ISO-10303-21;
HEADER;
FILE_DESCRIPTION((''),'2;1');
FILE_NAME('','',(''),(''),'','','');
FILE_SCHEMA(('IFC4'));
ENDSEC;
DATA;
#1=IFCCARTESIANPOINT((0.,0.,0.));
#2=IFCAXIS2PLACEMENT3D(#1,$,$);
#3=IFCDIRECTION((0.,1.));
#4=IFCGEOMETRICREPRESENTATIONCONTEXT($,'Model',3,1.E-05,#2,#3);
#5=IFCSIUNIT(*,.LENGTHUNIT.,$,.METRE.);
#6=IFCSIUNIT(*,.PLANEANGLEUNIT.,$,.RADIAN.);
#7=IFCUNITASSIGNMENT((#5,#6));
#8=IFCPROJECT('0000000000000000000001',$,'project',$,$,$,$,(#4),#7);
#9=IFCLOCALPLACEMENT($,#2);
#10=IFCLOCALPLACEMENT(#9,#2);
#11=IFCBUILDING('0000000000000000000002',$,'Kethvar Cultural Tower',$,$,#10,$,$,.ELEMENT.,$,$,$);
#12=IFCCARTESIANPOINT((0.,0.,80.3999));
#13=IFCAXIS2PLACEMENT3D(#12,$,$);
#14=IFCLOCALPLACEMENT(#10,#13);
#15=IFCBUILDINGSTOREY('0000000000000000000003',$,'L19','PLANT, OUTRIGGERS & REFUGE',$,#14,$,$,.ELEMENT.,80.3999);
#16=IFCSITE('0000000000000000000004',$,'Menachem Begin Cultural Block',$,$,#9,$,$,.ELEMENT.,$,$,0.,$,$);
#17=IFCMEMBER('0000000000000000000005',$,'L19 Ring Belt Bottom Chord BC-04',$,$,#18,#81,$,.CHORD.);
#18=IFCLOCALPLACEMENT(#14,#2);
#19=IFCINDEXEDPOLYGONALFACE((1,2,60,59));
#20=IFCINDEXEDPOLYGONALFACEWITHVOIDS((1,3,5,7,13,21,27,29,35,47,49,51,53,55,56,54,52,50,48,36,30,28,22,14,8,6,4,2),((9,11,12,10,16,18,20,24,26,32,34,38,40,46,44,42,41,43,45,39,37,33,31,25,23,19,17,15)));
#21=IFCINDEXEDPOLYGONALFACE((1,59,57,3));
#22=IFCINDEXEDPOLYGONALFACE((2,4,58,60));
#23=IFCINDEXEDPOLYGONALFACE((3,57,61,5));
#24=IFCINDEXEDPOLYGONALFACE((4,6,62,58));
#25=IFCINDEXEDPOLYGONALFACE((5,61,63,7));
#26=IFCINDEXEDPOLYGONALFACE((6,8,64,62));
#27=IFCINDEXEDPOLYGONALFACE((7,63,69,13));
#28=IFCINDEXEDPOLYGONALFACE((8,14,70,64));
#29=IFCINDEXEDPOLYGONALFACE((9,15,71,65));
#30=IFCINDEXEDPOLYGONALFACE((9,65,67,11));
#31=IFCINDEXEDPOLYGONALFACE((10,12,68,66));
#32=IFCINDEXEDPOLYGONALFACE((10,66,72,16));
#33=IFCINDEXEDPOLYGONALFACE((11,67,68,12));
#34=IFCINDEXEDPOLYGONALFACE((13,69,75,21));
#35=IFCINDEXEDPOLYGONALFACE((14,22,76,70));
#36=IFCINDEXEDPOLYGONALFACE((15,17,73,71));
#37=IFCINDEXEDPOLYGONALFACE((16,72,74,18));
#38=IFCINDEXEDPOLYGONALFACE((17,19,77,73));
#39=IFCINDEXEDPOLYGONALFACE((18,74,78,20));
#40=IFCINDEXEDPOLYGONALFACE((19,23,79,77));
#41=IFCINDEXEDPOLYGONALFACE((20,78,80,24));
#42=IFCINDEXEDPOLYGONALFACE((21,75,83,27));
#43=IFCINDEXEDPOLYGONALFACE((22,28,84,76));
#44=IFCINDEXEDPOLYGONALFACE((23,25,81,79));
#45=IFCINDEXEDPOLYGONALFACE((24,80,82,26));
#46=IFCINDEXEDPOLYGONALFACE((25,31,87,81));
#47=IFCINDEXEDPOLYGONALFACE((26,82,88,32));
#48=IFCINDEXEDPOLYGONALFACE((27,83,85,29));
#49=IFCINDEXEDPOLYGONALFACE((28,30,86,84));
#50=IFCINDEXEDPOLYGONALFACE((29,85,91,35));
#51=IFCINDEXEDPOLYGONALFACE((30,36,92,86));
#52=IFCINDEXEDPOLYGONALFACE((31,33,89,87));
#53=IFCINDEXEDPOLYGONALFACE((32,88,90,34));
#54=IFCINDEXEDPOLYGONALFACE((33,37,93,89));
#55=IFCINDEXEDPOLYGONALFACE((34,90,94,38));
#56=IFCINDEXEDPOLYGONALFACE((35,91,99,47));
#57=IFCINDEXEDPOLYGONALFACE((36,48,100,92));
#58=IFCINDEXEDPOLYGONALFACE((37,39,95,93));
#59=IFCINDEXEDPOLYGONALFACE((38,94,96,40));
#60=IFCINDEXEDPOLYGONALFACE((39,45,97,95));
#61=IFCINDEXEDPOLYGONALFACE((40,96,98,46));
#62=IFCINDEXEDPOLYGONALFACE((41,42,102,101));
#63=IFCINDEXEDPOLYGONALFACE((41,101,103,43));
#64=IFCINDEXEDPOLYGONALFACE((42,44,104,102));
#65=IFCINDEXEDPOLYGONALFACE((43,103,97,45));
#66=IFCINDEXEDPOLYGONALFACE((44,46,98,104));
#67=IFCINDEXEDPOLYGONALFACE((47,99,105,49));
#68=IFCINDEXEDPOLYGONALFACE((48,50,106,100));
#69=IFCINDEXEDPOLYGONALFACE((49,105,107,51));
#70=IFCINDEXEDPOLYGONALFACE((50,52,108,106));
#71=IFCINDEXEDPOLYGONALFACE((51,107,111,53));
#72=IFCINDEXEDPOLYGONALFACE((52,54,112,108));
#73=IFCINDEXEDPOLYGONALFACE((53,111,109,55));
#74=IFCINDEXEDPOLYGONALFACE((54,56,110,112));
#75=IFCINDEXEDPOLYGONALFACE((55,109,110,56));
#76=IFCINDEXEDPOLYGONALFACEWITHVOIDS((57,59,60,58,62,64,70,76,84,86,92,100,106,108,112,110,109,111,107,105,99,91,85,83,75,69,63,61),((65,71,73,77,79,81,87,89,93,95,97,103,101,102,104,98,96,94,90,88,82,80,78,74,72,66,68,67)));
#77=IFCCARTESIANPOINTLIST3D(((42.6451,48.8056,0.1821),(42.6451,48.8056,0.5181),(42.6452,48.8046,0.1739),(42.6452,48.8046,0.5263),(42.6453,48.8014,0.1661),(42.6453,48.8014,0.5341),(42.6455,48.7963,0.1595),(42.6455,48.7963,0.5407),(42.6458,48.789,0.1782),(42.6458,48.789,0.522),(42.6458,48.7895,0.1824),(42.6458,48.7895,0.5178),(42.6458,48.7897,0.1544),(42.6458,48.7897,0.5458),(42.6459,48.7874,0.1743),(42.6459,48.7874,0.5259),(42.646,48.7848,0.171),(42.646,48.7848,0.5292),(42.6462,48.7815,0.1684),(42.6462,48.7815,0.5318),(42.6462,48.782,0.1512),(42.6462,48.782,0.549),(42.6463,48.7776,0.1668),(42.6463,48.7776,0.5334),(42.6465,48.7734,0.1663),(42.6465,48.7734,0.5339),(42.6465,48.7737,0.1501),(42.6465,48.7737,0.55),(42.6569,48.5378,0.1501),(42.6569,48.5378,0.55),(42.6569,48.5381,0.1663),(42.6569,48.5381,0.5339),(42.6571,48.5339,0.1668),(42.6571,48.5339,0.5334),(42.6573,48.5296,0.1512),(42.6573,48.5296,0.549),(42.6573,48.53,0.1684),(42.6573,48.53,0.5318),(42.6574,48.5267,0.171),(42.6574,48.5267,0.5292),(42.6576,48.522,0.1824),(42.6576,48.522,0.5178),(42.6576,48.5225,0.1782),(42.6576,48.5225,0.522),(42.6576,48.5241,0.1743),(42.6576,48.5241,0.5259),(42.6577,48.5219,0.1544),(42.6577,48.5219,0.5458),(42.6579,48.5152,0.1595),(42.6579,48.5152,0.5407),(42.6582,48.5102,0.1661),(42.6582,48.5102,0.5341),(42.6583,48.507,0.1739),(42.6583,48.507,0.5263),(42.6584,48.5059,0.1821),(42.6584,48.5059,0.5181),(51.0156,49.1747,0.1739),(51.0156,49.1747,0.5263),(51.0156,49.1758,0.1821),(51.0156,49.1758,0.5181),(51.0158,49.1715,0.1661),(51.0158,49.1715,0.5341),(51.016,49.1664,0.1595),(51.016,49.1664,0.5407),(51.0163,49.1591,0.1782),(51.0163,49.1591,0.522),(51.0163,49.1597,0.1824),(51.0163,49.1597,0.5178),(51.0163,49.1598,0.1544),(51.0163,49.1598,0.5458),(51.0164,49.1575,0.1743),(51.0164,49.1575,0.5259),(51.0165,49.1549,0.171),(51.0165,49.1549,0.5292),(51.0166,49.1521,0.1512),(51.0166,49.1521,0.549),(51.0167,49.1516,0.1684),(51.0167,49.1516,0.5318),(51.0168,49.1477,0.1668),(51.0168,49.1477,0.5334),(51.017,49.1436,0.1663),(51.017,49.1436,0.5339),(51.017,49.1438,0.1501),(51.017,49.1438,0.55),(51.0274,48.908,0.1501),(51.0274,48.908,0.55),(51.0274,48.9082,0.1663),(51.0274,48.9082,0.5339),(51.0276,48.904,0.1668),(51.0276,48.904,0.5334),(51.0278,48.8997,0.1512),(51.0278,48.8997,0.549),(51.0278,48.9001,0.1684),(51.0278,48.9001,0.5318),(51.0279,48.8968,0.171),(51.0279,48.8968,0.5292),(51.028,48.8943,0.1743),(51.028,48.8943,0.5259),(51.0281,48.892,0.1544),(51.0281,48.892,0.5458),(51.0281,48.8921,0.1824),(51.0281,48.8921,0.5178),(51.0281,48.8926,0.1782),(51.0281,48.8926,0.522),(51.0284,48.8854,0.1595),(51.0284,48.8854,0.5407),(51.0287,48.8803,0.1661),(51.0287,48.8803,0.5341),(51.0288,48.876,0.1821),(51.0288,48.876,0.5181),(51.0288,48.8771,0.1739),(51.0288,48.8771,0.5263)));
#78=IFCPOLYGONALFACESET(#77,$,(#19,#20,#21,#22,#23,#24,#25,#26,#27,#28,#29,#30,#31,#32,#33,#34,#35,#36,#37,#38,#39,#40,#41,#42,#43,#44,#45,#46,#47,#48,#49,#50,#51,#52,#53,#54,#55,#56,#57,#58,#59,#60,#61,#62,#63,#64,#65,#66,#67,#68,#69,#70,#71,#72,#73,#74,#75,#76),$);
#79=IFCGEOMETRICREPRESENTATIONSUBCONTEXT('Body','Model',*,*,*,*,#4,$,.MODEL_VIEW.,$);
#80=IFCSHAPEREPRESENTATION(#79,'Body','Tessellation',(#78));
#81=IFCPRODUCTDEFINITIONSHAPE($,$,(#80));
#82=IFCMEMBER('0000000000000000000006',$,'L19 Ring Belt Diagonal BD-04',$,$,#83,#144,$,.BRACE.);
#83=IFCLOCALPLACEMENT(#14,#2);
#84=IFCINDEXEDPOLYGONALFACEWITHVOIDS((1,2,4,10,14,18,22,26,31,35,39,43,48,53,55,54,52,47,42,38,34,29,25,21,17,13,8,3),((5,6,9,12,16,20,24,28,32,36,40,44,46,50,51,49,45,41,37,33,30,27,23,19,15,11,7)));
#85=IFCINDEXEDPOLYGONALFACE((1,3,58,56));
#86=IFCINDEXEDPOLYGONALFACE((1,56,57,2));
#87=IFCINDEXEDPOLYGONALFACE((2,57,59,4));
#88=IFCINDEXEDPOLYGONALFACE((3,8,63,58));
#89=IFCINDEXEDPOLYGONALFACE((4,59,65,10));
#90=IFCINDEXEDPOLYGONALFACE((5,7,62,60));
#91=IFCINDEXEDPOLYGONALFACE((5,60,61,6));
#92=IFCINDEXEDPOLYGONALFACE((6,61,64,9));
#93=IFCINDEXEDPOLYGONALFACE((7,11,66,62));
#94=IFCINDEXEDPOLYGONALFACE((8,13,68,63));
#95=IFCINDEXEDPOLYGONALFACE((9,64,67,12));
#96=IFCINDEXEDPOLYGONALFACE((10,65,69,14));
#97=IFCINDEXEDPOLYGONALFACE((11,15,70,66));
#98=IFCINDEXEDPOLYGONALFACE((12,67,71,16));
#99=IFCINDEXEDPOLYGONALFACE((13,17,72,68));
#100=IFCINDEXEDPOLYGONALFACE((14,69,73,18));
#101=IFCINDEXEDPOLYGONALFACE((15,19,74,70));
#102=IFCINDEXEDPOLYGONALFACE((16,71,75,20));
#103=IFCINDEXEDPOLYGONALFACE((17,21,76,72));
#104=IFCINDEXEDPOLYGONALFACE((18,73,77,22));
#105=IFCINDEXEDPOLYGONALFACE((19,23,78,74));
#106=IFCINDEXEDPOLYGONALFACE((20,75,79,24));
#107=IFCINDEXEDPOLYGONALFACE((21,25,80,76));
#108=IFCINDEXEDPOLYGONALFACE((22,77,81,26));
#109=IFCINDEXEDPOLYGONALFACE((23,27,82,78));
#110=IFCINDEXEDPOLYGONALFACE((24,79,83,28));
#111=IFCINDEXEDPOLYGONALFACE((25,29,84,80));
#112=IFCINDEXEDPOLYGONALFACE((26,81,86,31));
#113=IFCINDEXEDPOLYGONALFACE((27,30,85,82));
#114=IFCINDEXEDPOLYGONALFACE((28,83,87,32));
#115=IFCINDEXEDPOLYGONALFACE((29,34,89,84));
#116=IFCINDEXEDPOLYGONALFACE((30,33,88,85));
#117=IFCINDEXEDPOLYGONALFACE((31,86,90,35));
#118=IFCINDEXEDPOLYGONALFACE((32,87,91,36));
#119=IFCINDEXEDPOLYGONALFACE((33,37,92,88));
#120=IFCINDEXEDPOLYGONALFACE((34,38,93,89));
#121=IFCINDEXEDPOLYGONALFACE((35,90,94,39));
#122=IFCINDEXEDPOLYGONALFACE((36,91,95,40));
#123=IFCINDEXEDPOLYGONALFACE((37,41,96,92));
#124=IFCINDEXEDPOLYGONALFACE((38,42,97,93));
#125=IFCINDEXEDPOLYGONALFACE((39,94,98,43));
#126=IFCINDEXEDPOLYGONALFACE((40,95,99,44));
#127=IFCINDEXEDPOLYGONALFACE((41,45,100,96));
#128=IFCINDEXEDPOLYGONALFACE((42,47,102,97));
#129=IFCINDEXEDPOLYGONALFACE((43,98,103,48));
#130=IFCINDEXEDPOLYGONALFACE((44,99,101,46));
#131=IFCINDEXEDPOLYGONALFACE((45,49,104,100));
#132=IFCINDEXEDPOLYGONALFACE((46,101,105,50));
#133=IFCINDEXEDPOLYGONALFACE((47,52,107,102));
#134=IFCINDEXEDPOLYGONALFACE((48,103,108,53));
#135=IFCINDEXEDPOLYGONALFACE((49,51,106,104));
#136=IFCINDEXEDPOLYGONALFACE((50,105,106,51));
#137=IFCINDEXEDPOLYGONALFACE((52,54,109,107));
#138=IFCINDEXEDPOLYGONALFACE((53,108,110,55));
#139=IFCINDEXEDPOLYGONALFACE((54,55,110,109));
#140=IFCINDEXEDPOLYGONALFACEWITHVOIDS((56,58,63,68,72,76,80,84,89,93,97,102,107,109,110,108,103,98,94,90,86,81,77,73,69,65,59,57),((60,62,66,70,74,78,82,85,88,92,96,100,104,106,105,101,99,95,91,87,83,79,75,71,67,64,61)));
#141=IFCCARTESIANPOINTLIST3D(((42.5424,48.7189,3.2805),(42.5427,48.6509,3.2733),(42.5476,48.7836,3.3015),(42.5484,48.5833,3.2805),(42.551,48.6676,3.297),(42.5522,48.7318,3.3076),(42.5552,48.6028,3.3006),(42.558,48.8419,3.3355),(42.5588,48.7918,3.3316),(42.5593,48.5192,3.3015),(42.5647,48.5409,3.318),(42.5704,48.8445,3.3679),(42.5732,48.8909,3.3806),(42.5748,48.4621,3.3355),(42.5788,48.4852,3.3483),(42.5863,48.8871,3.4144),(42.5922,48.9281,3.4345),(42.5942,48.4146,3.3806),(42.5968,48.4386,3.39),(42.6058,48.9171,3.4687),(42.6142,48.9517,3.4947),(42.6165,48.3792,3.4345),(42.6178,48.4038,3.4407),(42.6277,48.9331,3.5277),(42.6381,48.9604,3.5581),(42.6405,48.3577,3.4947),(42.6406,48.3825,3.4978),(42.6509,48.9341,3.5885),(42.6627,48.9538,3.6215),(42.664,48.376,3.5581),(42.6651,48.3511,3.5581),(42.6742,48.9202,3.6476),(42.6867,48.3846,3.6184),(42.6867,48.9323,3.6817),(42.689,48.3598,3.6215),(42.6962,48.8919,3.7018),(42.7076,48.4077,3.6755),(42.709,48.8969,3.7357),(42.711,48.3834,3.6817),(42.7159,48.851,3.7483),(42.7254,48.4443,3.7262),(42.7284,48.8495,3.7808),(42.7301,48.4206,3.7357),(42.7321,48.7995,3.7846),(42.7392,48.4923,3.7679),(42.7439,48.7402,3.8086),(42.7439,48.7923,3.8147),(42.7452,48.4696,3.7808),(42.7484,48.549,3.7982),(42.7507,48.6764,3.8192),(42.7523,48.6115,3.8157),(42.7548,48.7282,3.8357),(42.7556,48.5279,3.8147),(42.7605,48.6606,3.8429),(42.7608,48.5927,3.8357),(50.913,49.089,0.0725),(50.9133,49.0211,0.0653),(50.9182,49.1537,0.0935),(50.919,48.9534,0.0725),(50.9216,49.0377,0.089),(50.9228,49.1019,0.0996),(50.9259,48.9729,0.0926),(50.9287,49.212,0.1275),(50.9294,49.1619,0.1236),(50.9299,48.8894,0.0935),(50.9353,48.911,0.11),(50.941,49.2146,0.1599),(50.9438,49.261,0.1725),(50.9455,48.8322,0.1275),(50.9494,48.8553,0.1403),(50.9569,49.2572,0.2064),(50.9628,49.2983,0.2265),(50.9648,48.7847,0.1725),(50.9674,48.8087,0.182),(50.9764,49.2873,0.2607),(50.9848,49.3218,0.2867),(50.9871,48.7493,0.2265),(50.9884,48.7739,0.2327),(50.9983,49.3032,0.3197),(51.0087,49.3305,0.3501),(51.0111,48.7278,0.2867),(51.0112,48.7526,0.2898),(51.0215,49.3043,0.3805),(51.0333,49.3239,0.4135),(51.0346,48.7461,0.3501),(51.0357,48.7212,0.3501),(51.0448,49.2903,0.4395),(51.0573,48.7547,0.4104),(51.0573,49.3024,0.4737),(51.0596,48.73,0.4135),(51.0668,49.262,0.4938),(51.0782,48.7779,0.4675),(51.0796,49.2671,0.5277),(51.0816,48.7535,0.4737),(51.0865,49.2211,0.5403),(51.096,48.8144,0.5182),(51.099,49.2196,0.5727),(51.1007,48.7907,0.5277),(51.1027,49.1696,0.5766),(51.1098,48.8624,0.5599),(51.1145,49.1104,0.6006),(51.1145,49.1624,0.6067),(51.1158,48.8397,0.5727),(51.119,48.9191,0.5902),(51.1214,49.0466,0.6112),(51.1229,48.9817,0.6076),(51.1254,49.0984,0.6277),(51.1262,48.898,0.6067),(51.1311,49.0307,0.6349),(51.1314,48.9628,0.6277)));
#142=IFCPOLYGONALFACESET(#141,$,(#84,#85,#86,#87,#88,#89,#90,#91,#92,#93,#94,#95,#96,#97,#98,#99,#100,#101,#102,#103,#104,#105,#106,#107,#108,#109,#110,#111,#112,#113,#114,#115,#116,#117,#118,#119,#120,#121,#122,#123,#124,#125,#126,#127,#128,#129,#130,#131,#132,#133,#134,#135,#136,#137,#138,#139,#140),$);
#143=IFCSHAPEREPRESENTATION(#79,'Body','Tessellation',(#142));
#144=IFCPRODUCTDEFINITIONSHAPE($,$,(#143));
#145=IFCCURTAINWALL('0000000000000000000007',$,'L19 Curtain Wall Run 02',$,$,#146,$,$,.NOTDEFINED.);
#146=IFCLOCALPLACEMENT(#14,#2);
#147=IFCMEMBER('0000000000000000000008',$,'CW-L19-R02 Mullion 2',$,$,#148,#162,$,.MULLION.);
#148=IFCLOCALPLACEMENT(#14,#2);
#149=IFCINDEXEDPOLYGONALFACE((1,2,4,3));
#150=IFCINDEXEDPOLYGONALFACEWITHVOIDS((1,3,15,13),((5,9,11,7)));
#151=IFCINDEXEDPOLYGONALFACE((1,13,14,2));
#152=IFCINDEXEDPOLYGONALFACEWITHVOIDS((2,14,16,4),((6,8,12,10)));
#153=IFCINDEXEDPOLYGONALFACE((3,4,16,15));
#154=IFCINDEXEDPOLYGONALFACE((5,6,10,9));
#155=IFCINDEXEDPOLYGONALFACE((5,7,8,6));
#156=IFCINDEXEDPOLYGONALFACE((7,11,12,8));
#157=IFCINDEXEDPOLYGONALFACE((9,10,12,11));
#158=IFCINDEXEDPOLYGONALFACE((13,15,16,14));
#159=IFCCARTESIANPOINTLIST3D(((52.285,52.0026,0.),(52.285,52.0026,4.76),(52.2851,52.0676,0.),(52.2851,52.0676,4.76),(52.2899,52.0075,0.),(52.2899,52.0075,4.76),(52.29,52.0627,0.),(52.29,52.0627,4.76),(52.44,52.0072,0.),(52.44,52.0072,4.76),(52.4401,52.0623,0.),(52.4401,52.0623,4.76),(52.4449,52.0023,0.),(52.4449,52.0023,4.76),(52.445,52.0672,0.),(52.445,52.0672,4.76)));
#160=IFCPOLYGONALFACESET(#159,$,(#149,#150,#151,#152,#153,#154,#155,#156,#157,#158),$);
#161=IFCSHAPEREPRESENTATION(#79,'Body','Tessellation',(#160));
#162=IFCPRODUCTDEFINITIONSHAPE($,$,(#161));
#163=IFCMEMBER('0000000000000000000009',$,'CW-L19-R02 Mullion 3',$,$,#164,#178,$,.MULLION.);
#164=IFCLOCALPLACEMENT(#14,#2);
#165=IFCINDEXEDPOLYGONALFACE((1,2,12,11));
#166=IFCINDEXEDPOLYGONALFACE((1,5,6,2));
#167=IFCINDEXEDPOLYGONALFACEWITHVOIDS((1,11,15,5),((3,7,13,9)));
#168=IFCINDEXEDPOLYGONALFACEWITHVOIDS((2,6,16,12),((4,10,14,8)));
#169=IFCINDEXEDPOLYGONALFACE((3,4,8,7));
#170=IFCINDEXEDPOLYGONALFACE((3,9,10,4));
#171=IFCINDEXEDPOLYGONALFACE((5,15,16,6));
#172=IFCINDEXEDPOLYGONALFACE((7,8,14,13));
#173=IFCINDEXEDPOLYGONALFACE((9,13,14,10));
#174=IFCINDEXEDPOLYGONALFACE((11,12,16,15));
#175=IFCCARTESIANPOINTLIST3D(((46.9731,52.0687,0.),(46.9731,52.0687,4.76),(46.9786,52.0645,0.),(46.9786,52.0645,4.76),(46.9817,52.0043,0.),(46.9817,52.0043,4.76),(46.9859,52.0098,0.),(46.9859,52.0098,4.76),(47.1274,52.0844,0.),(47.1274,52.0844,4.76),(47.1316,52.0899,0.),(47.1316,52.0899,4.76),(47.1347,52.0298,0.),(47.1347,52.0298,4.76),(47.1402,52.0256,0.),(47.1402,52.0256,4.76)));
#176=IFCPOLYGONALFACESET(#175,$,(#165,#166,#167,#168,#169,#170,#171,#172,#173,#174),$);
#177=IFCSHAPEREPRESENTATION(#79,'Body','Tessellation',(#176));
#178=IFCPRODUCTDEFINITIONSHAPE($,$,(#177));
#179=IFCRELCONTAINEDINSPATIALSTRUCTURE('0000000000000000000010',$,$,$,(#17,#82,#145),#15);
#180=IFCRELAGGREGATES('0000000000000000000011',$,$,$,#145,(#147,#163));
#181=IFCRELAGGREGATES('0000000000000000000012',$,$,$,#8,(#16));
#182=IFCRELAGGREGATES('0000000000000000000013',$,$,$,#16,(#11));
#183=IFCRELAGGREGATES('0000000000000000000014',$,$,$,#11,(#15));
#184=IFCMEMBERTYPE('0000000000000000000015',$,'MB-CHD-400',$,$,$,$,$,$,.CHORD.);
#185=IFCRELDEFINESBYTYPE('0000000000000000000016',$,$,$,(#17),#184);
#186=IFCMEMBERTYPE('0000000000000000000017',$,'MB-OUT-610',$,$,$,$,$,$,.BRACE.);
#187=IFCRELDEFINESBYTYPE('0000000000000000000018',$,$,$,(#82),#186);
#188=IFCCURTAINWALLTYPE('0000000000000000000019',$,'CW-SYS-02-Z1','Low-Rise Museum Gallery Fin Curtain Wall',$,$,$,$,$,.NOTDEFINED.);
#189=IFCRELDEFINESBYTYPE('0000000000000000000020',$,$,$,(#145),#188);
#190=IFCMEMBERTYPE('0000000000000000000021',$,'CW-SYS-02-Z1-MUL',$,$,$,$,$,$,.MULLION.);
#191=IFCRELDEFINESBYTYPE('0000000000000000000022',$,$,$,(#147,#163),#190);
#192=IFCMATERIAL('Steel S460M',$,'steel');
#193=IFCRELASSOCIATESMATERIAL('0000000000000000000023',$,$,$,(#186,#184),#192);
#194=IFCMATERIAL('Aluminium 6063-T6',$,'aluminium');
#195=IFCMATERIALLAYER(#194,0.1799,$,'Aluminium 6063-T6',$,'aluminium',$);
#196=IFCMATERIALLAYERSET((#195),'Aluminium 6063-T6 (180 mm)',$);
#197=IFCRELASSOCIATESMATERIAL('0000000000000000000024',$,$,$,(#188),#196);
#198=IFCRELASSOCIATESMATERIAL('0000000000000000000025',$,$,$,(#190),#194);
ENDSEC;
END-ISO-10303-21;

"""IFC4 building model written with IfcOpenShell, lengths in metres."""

from ifc_helpers import new_model, si_unit, direction, frame, origin, origin_2d, place, context, subcontext, project, spatial, hollow_rectangle, hollow_circle, extrude, source, transform, mapped, material, layer, layer_set, material_profile, profile_set, type_object, element, aggregate, save


model = new_model("IFC4")

# Units and contexts
model_context = context("Model", 3, precision=1e-05, world=origin(), true_north=direction((0.0, 1.0)))
body_context = subcontext(model_context, "Body", "Model", "MODEL_VIEW")
ifc_project = project(units=[si_unit("LENGTHUNIT", "METRE"), si_unit("PLANEANGLEUNIT", "RADIAN")], contexts=[model_context])

# Site, building, storey
site_placement = place(None, origin())
site = spatial("IfcSite", under=ifc_project, at=site_placement, Name="Menachem Begin Cultural Block", CompositionType="ELEMENT", RefElevation=0.0)
building_placement = place(site_placement, origin())
building = spatial("IfcBuilding", under=site, at=building_placement, Name="Kethvar Cultural Tower", CompositionType="ELEMENT")
storey_placement = place(building_placement, frame((0.0, 0.0, 80.3999)))
storey = spatial("IfcBuildingStorey", under=building, at=storey_placement, Name="L19", Description="PLANT, OUTRIGGERS & REFUGE", CompositionType="ELEMENT", Elevation=80.3999)

# Shared definitions
ifc_material_1 = material(Name="Steel S460M", Category="steel")

# Shared definitions
ifc_material_profile_1 = material_profile(ifc_material_1, hollow_circle(Radius=0.3049, WallThickness=0.0249, at=origin_2d()), Name="Steel S460M — CHS610x25")
ifc_profile_set_1 = profile_set([ifc_material_profile_1], Name="Steel S460M — CHS610x25")
member_type_1 = type_object("IfcMemberType", Name="MB-OUT-610", PredefinedType="BRACE", material=ifc_profile_set_1)

# Members
ifc_material_profile_2 = material_profile(ifc_material_1, hollow_rectangle(XDim=0.3, YDim=0.3999, WallThickness=0.0161, InnerFilletRadius=0.0161, OuterFilletRadius=0.032, at=origin_2d()), Name="Steel S460M — RHS400x300x16")
ifc_profile_set_2 = profile_set([ifc_material_profile_2], Name="Steel S460M — RHS400x300x16")
member_type_2 = type_object("IfcMemberType", Name="MB-CHD-400", PredefinedType="CHORD", material=ifc_profile_set_2)
shared_shape_1 = source(origin(), body_context, "Body", "SweptSolid", [
    extrude(hollow_rectangle(XDim=0.3, YDim=0.3999, WallThickness=0.0161, InnerFilletRadius=0.0161, OuterFilletRadius=0.032, at=origin_2d()), origin(), (0.0, 0.0, 1.0), 8.3787),
])
member_1_placement = place(storey_placement, frame((51.0222, 49.0259, 0.3501), z_axis=(-0.999024, -0.044173, 0.0), x_axis=(0.044173, -0.999024, 0.0)))
element("IfcMember", 1, at=member_1_placement, inside=storey, type_object=member_type_2, Name="L19 Ring Belt Bottom Chord BC-04", PredefinedType="CHORD", context=body_context, shape_type="MappedRepresentation", body=[
    mapped(shared_shape_1, transform((0.0, 0.0, 0.0), scale=1.0)),
])
shared_shape_2 = source(origin(), body_context, "Body", "SweptSolid", [
    extrude(hollow_circle(Radius=0.3049, WallThickness=0.0249, at=origin_2d()), origin(), (0.0, 0.0, 1.0), 8.9719),
])
member_2_placement = place(storey_placement, frame((51.0222, 49.0259, 0.3501), z_axis=(-0.932978, -0.041253, 0.357561), x_axis=(0.044173, -0.999024, 0.0)))
element("IfcMember", 2, at=member_2_placement, inside=storey, type_object=member_type_1, Name="L19 Ring Belt Diagonal BD-04", PredefinedType="BRACE", context=body_context, shape_type="MappedRepresentation", body=[
    mapped(shared_shape_2, transform((0.0, 0.0, 0.0), scale=1.0)),
])

# Curtain wall, members
ifc_material_2 = material(Name="Aluminium 6063-T6", Category="aluminium")
ifc_layer_1 = layer(ifc_material_2, 0.1799, Name="Aluminium 6063-T6", Category="aluminium")
ifc_layer_set_1 = layer_set([ifc_layer_1], Name="Aluminium 6063-T6 (180 mm)")
curtain_wall_type = type_object("IfcCurtainWallType", Name="CW-SYS-02-Z1", Description="Low-Rise Museum Gallery Fin Curtain Wall", PredefinedType="NOTDEFINED", material=ifc_layer_set_1)
curtain_wall_placement = place(storey_placement, origin())
curtain_wall = element("IfcCurtainWall", 3, at=curtain_wall_placement, inside=storey, type_object=curtain_wall_type, Name="L19 Curtain Wall Run 02", PredefinedType="NOTDEFINED")
ifc_material_profile_3 = material_profile(ifc_material_2, hollow_rectangle(XDim=0.0649, YDim=0.1599, WallThickness=0.0049, at=origin_2d()), Name="Aluminium 6063-T6 — RHS160x65x5")
ifc_profile_set_3 = profile_set([ifc_material_profile_3], Name="Aluminium 6063-T6 — RHS160x65x5")
member_type_3 = type_object("IfcMemberType", Name="CW-SYS-02-Z1-MUL", PredefinedType="MULLION", material=ifc_profile_set_3)
shared_shape_3 = source(origin(), body_context, "Body", "SweptSolid", [
    extrude(hollow_rectangle(XDim=0.0649, YDim=0.1599, WallThickness=0.0049, at=origin_2d()), origin(), (0.0, 0.0, 1.0), 4.76),
])
member_3_placement = place(storey_placement, frame((52.365, 52.0349, 0.0), z_axis=(0.0, 0.0, 1.0), x_axis=(-0.002129, -0.999998, 0.0)))
member_3 = element("IfcMember", 4, at=member_3_placement, type_object=member_type_3, Name="CW-L19-R02 Mullion 2", PredefinedType="MULLION", context=body_context, shape_type="MappedRepresentation", body=[
    mapped(shared_shape_3, transform((0.0, 0.0, 0.0), scale=1.0)),
])
member_4_placement = place(storey_placement, frame((47.0566, 52.0471, 0.0), z_axis=(0.0, 0.0, 1.0), x_axis=(0.132966, -0.991121, 0.0)))
member_4 = element("IfcMember", 5, at=member_4_placement, type_object=member_type_3, Name="CW-L19-R02 Mullion 3", PredefinedType="MULLION", context=body_context, shape_type="MappedRepresentation", body=[
    mapped(shared_shape_3, transform((0.0, 0.0, 0.0), scale=1.0)),
])

aggregate(curtain_wall, [member_3, member_4])

save(model, "model.ifc")
